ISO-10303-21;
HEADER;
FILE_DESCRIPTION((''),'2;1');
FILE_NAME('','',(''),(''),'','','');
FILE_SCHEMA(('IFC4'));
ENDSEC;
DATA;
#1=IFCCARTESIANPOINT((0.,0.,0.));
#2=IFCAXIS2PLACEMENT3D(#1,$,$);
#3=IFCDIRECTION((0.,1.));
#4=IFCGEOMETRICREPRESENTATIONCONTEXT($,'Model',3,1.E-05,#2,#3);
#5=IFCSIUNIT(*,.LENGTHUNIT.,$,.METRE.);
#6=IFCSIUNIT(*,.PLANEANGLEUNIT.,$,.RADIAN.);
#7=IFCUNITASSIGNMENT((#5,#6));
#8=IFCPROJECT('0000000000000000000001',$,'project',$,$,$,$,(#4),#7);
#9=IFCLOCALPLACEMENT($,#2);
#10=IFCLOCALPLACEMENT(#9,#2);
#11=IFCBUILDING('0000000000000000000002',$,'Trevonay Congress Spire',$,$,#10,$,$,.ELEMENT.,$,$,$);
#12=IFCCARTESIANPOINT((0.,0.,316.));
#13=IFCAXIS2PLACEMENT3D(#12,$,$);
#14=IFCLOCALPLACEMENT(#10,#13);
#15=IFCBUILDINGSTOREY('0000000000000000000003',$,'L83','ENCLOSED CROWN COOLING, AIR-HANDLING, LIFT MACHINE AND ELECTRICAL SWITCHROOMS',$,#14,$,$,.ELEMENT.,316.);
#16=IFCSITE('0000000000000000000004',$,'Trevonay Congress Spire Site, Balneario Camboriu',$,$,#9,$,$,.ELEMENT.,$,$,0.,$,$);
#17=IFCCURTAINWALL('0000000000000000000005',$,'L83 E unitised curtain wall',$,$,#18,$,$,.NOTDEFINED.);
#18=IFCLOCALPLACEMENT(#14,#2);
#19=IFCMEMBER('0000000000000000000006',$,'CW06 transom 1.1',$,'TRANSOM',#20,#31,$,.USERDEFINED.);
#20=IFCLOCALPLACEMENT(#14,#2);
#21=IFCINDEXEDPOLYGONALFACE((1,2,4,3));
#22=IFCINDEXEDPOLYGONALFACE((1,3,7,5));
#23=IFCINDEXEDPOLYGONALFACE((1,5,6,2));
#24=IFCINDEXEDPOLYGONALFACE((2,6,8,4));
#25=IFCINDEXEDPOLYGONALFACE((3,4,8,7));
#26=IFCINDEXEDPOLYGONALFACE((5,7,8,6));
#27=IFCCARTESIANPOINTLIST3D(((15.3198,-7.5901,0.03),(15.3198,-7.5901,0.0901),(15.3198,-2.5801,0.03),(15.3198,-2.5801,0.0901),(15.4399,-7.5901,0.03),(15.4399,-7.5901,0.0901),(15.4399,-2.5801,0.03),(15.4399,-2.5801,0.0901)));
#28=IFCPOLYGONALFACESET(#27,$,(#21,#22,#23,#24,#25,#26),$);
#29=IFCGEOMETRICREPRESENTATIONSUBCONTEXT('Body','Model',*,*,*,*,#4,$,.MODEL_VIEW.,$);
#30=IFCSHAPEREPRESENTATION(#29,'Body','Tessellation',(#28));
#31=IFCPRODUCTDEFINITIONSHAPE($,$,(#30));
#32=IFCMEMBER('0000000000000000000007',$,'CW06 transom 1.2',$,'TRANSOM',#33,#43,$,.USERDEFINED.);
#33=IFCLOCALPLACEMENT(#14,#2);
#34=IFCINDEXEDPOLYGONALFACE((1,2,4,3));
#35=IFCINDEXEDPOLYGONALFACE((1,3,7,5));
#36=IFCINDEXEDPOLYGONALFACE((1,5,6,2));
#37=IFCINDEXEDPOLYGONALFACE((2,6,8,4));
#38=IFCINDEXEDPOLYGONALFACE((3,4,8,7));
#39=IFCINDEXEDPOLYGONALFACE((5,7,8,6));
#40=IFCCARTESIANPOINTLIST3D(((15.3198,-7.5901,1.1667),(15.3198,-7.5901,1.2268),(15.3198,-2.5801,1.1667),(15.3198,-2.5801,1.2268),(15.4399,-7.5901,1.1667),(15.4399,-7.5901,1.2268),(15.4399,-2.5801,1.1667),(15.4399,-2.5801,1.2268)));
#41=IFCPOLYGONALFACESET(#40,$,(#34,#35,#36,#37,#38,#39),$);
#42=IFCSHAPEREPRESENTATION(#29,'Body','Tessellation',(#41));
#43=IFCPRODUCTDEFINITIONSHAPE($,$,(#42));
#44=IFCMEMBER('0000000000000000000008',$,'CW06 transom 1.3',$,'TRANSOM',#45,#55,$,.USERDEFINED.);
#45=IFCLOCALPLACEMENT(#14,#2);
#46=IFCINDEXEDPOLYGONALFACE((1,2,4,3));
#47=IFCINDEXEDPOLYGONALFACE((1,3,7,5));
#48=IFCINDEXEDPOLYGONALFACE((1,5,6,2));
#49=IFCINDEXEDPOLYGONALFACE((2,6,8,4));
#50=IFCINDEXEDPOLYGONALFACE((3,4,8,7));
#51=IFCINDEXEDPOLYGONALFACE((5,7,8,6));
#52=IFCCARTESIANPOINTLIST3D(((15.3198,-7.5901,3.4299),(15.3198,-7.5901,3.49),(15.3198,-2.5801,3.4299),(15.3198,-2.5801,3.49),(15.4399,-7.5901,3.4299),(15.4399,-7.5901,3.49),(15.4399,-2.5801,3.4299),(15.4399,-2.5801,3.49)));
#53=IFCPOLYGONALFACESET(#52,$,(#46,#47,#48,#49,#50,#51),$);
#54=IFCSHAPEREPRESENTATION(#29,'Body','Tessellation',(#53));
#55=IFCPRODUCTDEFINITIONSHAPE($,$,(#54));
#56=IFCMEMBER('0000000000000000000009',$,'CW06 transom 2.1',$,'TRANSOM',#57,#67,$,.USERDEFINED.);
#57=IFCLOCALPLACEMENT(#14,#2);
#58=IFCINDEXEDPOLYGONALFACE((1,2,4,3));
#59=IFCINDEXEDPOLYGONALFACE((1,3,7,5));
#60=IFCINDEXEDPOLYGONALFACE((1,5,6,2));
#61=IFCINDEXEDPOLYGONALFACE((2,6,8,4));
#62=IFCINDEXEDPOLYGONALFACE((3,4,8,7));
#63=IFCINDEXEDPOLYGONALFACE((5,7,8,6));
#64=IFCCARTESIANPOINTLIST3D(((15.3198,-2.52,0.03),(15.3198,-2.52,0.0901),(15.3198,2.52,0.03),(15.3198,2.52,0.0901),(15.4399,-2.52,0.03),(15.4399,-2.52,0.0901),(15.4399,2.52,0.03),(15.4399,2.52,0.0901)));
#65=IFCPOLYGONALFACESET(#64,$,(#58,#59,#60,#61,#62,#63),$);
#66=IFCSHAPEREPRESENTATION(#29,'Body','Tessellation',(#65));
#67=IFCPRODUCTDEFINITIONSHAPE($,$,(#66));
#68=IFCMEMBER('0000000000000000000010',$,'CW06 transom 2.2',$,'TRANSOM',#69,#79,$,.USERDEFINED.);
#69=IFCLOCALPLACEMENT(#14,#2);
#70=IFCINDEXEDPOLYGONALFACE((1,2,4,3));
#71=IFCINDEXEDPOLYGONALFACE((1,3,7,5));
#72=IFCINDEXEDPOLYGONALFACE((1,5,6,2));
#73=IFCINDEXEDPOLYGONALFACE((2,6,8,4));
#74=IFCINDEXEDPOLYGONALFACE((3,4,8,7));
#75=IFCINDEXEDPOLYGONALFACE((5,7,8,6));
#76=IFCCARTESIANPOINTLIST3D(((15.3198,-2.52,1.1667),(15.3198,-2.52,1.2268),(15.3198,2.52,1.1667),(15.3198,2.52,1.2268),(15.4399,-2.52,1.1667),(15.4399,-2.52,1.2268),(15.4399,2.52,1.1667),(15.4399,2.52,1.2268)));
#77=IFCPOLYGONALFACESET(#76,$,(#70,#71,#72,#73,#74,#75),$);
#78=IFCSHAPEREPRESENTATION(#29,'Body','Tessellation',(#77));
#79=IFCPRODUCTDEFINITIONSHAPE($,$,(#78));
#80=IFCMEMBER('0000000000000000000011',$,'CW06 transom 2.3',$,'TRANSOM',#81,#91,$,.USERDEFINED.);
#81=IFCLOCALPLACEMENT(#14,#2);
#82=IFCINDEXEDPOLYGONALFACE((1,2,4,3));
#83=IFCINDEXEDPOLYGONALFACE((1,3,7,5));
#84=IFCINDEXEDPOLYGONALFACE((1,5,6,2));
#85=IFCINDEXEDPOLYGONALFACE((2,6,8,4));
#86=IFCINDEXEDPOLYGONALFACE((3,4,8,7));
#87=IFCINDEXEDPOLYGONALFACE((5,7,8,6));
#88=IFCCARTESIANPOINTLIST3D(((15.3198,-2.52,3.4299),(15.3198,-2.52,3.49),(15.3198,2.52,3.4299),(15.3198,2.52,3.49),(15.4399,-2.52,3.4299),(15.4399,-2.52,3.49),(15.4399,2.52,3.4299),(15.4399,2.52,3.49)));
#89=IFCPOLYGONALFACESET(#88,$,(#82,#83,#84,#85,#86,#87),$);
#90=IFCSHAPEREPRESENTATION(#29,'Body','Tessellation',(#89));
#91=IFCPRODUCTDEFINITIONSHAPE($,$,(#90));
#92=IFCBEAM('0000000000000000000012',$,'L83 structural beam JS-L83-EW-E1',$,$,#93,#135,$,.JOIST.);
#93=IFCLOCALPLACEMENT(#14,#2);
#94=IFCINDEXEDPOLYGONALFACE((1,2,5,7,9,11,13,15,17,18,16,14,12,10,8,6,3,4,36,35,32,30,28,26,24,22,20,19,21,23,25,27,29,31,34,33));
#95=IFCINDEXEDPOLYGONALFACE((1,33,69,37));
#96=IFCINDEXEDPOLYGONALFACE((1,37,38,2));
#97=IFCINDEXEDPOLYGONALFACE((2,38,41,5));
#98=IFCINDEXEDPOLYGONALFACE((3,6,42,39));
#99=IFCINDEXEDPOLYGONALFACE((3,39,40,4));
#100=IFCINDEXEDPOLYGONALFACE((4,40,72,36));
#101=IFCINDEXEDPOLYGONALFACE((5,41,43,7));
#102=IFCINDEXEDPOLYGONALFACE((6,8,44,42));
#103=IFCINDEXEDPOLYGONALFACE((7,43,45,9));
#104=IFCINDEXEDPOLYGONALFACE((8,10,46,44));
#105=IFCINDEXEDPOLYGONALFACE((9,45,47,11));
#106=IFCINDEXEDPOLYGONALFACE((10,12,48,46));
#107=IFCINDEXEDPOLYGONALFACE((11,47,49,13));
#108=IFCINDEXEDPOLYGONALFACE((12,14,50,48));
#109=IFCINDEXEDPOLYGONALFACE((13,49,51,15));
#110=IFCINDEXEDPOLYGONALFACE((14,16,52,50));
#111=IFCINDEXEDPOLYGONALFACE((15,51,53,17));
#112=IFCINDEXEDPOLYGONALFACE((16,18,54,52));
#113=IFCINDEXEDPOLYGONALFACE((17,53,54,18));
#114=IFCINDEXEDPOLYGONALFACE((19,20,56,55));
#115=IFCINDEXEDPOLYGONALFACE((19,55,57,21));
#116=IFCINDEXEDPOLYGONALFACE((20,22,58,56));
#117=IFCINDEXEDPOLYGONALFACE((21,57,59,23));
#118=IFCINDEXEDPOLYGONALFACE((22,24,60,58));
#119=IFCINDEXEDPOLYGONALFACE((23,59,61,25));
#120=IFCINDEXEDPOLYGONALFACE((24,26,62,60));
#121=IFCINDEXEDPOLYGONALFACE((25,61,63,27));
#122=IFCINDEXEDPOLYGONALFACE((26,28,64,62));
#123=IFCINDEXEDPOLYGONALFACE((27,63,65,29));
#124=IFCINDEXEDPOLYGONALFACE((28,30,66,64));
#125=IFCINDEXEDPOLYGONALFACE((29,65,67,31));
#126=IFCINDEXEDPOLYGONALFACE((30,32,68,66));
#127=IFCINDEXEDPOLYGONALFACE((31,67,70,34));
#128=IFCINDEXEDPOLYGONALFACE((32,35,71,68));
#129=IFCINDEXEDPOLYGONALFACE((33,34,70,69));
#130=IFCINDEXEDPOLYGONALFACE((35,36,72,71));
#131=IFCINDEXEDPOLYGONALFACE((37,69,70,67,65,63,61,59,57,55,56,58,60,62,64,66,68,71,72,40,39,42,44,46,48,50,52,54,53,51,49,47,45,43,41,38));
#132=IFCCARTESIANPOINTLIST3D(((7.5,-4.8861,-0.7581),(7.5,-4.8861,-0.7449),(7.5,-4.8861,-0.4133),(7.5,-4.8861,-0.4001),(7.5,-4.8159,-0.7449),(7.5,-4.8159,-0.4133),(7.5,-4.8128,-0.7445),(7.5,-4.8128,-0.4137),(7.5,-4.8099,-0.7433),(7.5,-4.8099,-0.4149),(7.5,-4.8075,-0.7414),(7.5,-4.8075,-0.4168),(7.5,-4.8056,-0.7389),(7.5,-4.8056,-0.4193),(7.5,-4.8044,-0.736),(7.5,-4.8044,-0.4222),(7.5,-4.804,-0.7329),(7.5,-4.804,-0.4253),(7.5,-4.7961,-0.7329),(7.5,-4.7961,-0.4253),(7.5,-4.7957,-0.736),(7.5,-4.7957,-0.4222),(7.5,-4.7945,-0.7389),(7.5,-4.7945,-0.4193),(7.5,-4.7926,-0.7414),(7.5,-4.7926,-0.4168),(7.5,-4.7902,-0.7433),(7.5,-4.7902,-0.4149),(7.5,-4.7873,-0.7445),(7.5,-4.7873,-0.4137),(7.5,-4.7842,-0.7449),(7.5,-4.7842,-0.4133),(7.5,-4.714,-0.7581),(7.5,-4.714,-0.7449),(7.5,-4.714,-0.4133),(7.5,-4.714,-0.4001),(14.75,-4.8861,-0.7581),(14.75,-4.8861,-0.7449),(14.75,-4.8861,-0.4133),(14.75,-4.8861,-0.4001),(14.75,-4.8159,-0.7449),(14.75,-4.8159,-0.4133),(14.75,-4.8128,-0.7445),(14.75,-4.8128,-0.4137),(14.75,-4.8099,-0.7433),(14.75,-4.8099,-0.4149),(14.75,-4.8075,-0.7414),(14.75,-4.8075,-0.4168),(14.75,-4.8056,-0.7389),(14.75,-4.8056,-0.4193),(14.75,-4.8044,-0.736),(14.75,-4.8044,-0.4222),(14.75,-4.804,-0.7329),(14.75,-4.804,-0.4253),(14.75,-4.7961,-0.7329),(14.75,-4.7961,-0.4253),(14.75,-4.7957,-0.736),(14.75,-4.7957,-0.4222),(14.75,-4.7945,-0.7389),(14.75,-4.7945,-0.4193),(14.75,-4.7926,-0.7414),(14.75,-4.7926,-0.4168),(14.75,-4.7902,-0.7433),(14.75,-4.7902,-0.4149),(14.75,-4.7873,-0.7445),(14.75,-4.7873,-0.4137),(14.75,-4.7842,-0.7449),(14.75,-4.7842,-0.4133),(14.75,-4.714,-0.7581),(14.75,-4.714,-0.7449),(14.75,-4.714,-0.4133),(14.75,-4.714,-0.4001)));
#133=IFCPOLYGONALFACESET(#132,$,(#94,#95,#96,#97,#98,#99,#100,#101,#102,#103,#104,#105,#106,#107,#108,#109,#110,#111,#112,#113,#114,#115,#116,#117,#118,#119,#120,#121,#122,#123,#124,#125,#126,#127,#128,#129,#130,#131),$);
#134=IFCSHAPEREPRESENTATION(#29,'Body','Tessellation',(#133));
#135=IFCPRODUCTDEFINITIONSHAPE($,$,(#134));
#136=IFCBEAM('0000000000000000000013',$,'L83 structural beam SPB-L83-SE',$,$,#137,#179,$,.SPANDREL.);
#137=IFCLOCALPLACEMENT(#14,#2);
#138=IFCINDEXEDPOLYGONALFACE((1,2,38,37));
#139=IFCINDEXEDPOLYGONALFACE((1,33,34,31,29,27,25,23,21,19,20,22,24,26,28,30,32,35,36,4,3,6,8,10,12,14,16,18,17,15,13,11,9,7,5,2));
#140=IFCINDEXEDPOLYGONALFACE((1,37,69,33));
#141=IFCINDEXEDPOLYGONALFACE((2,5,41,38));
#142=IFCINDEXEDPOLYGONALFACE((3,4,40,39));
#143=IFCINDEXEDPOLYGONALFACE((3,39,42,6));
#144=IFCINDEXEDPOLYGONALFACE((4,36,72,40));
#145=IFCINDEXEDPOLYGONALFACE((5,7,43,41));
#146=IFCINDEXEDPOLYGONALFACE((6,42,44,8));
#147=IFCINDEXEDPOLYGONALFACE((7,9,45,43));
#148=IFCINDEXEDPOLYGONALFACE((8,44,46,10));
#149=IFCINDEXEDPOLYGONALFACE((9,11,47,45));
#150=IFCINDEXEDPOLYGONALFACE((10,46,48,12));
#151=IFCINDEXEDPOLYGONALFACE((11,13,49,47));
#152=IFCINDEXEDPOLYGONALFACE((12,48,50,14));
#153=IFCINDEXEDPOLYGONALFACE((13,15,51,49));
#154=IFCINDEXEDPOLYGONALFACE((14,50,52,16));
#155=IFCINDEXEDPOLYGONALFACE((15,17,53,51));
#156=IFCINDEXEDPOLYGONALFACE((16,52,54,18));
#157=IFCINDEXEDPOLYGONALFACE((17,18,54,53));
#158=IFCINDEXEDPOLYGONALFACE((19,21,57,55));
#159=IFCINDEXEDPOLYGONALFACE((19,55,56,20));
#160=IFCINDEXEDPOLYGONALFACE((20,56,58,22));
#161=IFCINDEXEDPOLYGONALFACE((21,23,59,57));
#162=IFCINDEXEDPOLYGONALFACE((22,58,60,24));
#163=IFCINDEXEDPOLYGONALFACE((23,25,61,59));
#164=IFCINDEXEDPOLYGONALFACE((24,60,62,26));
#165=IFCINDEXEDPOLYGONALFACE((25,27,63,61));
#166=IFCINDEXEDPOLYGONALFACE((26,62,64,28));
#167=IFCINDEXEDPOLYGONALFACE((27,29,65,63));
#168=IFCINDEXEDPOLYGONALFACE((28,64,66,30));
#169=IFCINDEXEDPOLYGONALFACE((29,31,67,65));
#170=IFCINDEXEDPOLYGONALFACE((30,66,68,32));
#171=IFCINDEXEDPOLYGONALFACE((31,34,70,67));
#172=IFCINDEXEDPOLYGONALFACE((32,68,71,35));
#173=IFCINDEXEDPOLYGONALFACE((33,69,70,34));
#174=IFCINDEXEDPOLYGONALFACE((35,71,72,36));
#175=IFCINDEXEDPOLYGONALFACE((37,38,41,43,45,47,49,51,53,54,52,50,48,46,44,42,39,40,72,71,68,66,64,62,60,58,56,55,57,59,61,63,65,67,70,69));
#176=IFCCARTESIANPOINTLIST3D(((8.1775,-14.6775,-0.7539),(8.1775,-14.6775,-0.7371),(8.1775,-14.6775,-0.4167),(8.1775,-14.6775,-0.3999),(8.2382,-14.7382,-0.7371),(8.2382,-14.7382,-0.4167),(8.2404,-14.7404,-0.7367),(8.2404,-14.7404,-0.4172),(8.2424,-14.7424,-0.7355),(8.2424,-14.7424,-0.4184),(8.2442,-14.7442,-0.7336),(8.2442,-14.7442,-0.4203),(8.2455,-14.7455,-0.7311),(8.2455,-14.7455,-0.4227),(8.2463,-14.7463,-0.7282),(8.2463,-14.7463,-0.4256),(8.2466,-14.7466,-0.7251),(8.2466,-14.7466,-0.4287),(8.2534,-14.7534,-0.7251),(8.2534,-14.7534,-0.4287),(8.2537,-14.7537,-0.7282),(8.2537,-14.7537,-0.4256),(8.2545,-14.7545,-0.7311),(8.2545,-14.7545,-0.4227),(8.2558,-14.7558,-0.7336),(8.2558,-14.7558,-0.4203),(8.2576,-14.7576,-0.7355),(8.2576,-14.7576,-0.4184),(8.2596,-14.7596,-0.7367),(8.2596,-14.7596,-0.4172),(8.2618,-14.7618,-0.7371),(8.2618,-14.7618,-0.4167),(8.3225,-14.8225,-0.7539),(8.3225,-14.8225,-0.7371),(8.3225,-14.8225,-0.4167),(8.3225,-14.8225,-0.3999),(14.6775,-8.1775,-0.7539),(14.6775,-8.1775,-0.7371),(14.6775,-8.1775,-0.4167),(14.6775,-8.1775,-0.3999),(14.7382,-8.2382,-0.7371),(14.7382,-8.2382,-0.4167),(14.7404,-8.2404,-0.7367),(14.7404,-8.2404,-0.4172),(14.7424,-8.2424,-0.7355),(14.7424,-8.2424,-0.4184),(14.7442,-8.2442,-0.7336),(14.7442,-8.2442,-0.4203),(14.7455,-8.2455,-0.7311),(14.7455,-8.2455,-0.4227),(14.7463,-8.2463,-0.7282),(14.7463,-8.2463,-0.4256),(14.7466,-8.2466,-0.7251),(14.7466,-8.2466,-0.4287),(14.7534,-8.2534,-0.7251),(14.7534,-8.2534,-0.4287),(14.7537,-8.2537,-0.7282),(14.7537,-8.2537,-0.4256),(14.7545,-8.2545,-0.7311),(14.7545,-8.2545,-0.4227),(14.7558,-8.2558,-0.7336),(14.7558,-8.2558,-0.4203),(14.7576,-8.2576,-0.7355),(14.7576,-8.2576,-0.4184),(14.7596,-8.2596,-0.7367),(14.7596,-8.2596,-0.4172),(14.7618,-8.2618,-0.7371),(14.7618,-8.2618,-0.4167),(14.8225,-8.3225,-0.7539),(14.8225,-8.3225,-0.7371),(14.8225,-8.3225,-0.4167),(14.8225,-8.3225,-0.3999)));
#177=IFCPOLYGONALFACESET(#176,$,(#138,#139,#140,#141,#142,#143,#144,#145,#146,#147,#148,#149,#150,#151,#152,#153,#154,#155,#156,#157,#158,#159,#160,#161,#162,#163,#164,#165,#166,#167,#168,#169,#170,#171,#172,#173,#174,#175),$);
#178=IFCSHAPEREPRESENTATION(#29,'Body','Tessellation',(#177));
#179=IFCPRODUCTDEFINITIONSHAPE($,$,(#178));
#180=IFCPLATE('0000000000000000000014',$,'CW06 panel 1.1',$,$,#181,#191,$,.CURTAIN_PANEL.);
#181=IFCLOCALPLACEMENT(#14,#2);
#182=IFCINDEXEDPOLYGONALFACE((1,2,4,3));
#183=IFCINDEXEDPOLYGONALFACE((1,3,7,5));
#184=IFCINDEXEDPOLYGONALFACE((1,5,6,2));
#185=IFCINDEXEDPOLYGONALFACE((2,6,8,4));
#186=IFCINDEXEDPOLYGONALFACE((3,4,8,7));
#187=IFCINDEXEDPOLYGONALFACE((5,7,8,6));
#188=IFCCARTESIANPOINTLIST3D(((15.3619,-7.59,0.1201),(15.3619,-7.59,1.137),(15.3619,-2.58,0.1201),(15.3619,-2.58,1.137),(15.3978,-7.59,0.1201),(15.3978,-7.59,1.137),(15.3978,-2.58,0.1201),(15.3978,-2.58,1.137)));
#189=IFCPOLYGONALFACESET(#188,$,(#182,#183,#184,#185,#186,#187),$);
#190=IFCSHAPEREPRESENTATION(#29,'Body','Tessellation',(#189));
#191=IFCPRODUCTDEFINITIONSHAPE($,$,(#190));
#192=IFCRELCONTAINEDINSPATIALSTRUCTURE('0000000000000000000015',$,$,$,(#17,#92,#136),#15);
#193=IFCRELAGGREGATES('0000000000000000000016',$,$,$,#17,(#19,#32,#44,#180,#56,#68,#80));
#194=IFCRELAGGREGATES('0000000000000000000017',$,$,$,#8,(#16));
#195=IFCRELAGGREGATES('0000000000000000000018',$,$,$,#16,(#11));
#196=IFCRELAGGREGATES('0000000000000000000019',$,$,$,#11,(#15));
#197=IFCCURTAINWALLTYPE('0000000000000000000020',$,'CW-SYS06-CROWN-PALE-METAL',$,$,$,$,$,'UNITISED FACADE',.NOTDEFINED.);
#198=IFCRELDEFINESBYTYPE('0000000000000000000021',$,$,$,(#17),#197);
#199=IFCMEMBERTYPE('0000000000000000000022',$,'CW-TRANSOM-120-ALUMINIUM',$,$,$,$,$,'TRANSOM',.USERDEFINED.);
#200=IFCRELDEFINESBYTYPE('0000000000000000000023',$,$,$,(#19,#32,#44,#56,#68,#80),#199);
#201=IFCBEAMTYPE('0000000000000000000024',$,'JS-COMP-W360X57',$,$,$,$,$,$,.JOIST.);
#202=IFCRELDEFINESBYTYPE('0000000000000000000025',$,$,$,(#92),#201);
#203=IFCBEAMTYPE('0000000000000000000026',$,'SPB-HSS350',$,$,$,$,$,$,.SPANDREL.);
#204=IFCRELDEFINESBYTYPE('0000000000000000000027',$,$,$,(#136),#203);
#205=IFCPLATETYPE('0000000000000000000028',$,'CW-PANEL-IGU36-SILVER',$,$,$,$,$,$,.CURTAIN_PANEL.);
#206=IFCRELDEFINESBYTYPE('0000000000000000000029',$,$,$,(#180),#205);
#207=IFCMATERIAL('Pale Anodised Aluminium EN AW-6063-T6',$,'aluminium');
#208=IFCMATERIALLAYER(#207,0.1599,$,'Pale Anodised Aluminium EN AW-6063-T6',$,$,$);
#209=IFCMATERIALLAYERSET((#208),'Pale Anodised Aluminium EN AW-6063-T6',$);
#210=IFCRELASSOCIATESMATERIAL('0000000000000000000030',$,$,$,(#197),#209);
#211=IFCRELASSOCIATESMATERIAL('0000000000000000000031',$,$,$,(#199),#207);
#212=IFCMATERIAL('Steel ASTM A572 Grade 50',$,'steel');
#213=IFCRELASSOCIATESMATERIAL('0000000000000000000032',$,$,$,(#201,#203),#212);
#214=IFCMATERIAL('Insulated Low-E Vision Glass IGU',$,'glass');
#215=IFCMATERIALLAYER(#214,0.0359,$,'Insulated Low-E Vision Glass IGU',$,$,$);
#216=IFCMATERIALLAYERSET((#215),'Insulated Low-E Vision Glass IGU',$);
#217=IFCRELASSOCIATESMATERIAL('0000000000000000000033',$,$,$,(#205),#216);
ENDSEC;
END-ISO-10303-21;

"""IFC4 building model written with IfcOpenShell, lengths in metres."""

from ifc_helpers import new_model, si_unit, direction, frame, origin, origin_2d, place, context, subcontext, project, spatial, rectangle, i_section, extrude, material, layer, layer_set, material_profile, profile_set, type_object, element, aggregate, save


model = new_model("IFC4")

# Units and contexts
model_context = context("Model", 3, precision=1e-05, world=origin(), true_north=direction((0.0, 1.0)))
body_context = subcontext(model_context, "Body", "Model", "MODEL_VIEW")
ifc_project = project(units=[si_unit("LENGTHUNIT", "METRE"), si_unit("PLANEANGLEUNIT", "RADIAN")], contexts=[model_context])

# Site, building, storey
site_placement = place(None, origin())
site = spatial("IfcSite", under=ifc_project, at=site_placement, Name="Trevonay Congress Spire Site, Balneario Camboriu", CompositionType="ELEMENT", RefElevation=0.0)
building_placement = place(site_placement, origin())
building = spatial("IfcBuilding", under=site, at=building_placement, Name="Trevonay Congress Spire", CompositionType="ELEMENT")
storey_placement = place(building_placement, frame((0.0, 0.0, 316.0)))
storey = spatial("IfcBuildingStorey", under=building, at=storey_placement, Name="L83", Description="ENCLOSED CROWN COOLING, AIR-HANDLING, LIFT MACHINE AND ELECTRICAL SWITCHROOMS", CompositionType="ELEMENT", Elevation=316.0)

# Shared definitions
ifc_material_1 = material(Name="Steel ASTM A572 Grade 50", Category="steel")

# Shared definitions
ifc_material_2 = material(Name="Pale Anodised Aluminium EN AW-6063-T6", Category="aluminium")
ifc_layer_1 = layer(ifc_material_2, 0.1599, Name="Pale Anodised Aluminium EN AW-6063-T6")
ifc_layer_set_1 = layer_set([ifc_layer_1], Name="Pale Anodised Aluminium EN AW-6063-T6")
curtain_wall_type = type_object("IfcCurtainWallType", Name="CW-SYS06-CROWN-PALE-METAL", ElementType="UNITISED FACADE", PredefinedType="NOTDEFINED", material=ifc_layer_set_1)

# Curtain wall, members
curtain_wall_1_placement = place(storey_placement, origin())
curtain_wall_1 = element("IfcCurtainWall", 1, at=curtain_wall_1_placement, inside=storey, type_object=curtain_wall_type, Name="L83 E unitised curtain wall", PredefinedType="NOTDEFINED")
ifc_material_profile_1 = material_profile(ifc_material_2, rectangle(XDim=0.1201, YDim=0.0601, at=origin_2d()), Name="CW-TRANSOM-120-ALUMINIUM")
ifc_profile_set_1 = profile_set([ifc_material_profile_1], Name="Pale Anodised Aluminium EN AW-6063-T6")
member_type_1 = type_object("IfcMemberType", Name="CW-TRANSOM-120-ALUMINIUM", ElementType="TRANSOM", PredefinedType="USERDEFINED", material=ifc_profile_set_1)
member_1_placement = place(storey_placement, frame((15.3799, -7.5901, 0.0601), z_axis=(0.0, 1.0, 0.0), x_axis=(-1.0, 0.0, 0.0)))
member_1 = element("IfcMember", 2, at=member_1_placement, type_object=member_type_1, Name="CW06 transom 1.1", ObjectType="TRANSOM", PredefinedType="USERDEFINED", context=body_context, shape_type="SweptSolid", body=[
    extrude(rectangle(XDim=0.1201, YDim=0.0601, at=origin_2d()), origin(), (0.0, 0.0, 1.0), 5.01),
])
member_2_placement = place(storey_placement, frame((15.3799, -7.5901, 1.1968), z_axis=(0.0, 1.0, 0.0), x_axis=(-1.0, 0.0, 0.0)))
member_2 = element("IfcMember", 3, at=member_2_placement, type_object=member_type_1, Name="CW06 transom 1.2", ObjectType="TRANSOM", PredefinedType="USERDEFINED", context=body_context, shape_type="SweptSolid", body=[
    extrude(rectangle(XDim=0.1201, YDim=0.0601, at=origin_2d()), origin(), (0.0, 0.0, 1.0), 5.01),
])
member_3_placement = place(storey_placement, frame((15.3799, -7.5901, 3.46), z_axis=(0.0, 1.0, 0.0), x_axis=(-1.0, 0.0, 0.0)))
member_3 = element("IfcMember", 4, at=member_3_placement, type_object=member_type_1, Name="CW06 transom 1.3", ObjectType="TRANSOM", PredefinedType="USERDEFINED", context=body_context, shape_type="SweptSolid", body=[
    extrude(rectangle(XDim=0.1201, YDim=0.0601, at=origin_2d()), origin(), (0.0, 0.0, 1.0), 5.01),
])
member_4_placement = place(storey_placement, frame((15.3799, -2.52, 0.0601), z_axis=(0.0, 1.0, 0.0), x_axis=(-1.0, 0.0, 0.0)))
member_4 = element("IfcMember", 5, at=member_4_placement, type_object=member_type_1, Name="CW06 transom 2.1", ObjectType="TRANSOM", PredefinedType="USERDEFINED", context=body_context, shape_type="SweptSolid", body=[
    extrude(rectangle(XDim=0.1201, YDim=0.0601, at=origin_2d()), origin(), (0.0, 0.0, 1.0), 5.04),
])
member_5_placement = place(storey_placement, frame((15.3799, -2.52, 1.1968), z_axis=(0.0, 1.0, 0.0), x_axis=(-1.0, 0.0, 0.0)))
member_5 = element("IfcMember", 6, at=member_5_placement, type_object=member_type_1, Name="CW06 transom 2.2", ObjectType="TRANSOM", PredefinedType="USERDEFINED", context=body_context, shape_type="SweptSolid", body=[
    extrude(rectangle(XDim=0.1201, YDim=0.0601, at=origin_2d()), origin(), (0.0, 0.0, 1.0), 5.04),
])
member_6_placement = place(storey_placement, frame((15.3799, -2.52, 3.46), z_axis=(0.0, 1.0, 0.0), x_axis=(-1.0, 0.0, 0.0)))
member_6 = element("IfcMember", 7, at=member_6_placement, type_object=member_type_1, Name="CW06 transom 2.3", ObjectType="TRANSOM", PredefinedType="USERDEFINED", context=body_context, shape_type="SweptSolid", body=[
    extrude(rectangle(XDim=0.1201, YDim=0.0601, at=origin_2d()), origin(), (0.0, 0.0, 1.0), 5.04),
])

# Beams
ifc_material_profile_2 = material_profile(ifc_material_1, i_section(OverallWidth=0.1721, OverallDepth=0.3579, WebThickness=0.0078, FlangeThickness=0.0132, FilletRadius=0.012, at=origin_2d()), Name="W360x57.8")
ifc_profile_set_2 = profile_set([ifc_material_profile_2], Name="Steel ASTM A572 Grade 50")
beam_type_1 = type_object("IfcBeamType", Name="JS-COMP-W360X57", PredefinedType="JOIST", material=ifc_profile_set_2)
beam_1_placement = place(storey_placement, frame((7.5, -4.8, -0.5791), z_axis=(1.0, 0.0, 0.0), x_axis=(0.0, 1.0, 0.0)))
element("IfcBeam", 8, at=beam_1_placement, inside=storey, type_object=beam_type_1, Name="L83 structural beam JS-L83-EW-E1", PredefinedType="JOIST", context=body_context, shape_type="SweptSolid", body=[
    extrude(i_section(OverallWidth=0.1721, OverallDepth=0.3579, WebThickness=0.0078, FlangeThickness=0.0132, FilletRadius=0.012, at=origin_2d()), origin(), (0.0, 0.0, 1.0), 7.25),
])
ifc_material_profile_3 = material_profile(ifc_material_1, i_section(OverallWidth=0.2051, OverallDepth=0.354, WebThickness=0.0095, FlangeThickness=0.0168, FilletRadius=0.012, at=origin_2d()), Name="W360x79")
ifc_profile_set_3 = profile_set([ifc_material_profile_3], Name="Steel ASTM A572 Grade 50")
beam_type_2 = type_object("IfcBeamType", Name="SPB-HSS350", PredefinedType="SPANDREL", material=ifc_profile_set_3)
beam_2_placement = place(storey_placement, frame((8.25, -14.75, -0.5769), z_axis=(0.707107, 0.707107, 0.0), x_axis=(-0.707107, 0.707107, 0.0)))
element("IfcBeam", 9, at=beam_2_placement, inside=storey, type_object=beam_type_2, Name="L83 structural beam SPB-L83-SE", PredefinedType="SPANDREL", context=body_context, shape_type="SweptSolid", body=[
    extrude(i_section(OverallWidth=0.2051, OverallDepth=0.354, WebThickness=0.0095, FlangeThickness=0.0168, FilletRadius=0.012, at=origin_2d()), origin(), (0.0, 0.0, 1.0), 9.1924),
])

# Plate
ifc_material_3 = material(Name="Insulated Low-E Vision Glass IGU", Category="glass")
ifc_layer_2 = layer(ifc_material_3, 0.0359, Name="Insulated Low-E Vision Glass IGU")
ifc_layer_set_2 = layer_set([ifc_layer_2], Name="Insulated Low-E Vision Glass IGU")
plate_type_1 = type_object("IfcPlateType", Name="CW-PANEL-IGU36-SILVER", PredefinedType="CURTAIN_PANEL", material=ifc_layer_set_2)
plate_1_placement = place(storey_placement, frame((15.3799, -5.085, 0.1201), z_axis=(0.0, 0.0, 1.0), x_axis=(0.0, 1.0, 0.0)))
plate_1 = element("IfcPlate", 10, at=plate_1_placement, type_object=plate_type_1, Name="CW06 panel 1.1", PredefinedType="CURTAIN_PANEL", context=body_context, shape_type="SweptSolid", body=[
    extrude(rectangle(XDim=5.01, YDim=0.0359, at=origin_2d()), origin(), (0.0, 0.0, 1.0), 1.0168),
])
aggregate(curtain_wall_1, [member_1, member_2, member_3, plate_1, member_4, member_5, member_6])

save(model, "model.ifc")
